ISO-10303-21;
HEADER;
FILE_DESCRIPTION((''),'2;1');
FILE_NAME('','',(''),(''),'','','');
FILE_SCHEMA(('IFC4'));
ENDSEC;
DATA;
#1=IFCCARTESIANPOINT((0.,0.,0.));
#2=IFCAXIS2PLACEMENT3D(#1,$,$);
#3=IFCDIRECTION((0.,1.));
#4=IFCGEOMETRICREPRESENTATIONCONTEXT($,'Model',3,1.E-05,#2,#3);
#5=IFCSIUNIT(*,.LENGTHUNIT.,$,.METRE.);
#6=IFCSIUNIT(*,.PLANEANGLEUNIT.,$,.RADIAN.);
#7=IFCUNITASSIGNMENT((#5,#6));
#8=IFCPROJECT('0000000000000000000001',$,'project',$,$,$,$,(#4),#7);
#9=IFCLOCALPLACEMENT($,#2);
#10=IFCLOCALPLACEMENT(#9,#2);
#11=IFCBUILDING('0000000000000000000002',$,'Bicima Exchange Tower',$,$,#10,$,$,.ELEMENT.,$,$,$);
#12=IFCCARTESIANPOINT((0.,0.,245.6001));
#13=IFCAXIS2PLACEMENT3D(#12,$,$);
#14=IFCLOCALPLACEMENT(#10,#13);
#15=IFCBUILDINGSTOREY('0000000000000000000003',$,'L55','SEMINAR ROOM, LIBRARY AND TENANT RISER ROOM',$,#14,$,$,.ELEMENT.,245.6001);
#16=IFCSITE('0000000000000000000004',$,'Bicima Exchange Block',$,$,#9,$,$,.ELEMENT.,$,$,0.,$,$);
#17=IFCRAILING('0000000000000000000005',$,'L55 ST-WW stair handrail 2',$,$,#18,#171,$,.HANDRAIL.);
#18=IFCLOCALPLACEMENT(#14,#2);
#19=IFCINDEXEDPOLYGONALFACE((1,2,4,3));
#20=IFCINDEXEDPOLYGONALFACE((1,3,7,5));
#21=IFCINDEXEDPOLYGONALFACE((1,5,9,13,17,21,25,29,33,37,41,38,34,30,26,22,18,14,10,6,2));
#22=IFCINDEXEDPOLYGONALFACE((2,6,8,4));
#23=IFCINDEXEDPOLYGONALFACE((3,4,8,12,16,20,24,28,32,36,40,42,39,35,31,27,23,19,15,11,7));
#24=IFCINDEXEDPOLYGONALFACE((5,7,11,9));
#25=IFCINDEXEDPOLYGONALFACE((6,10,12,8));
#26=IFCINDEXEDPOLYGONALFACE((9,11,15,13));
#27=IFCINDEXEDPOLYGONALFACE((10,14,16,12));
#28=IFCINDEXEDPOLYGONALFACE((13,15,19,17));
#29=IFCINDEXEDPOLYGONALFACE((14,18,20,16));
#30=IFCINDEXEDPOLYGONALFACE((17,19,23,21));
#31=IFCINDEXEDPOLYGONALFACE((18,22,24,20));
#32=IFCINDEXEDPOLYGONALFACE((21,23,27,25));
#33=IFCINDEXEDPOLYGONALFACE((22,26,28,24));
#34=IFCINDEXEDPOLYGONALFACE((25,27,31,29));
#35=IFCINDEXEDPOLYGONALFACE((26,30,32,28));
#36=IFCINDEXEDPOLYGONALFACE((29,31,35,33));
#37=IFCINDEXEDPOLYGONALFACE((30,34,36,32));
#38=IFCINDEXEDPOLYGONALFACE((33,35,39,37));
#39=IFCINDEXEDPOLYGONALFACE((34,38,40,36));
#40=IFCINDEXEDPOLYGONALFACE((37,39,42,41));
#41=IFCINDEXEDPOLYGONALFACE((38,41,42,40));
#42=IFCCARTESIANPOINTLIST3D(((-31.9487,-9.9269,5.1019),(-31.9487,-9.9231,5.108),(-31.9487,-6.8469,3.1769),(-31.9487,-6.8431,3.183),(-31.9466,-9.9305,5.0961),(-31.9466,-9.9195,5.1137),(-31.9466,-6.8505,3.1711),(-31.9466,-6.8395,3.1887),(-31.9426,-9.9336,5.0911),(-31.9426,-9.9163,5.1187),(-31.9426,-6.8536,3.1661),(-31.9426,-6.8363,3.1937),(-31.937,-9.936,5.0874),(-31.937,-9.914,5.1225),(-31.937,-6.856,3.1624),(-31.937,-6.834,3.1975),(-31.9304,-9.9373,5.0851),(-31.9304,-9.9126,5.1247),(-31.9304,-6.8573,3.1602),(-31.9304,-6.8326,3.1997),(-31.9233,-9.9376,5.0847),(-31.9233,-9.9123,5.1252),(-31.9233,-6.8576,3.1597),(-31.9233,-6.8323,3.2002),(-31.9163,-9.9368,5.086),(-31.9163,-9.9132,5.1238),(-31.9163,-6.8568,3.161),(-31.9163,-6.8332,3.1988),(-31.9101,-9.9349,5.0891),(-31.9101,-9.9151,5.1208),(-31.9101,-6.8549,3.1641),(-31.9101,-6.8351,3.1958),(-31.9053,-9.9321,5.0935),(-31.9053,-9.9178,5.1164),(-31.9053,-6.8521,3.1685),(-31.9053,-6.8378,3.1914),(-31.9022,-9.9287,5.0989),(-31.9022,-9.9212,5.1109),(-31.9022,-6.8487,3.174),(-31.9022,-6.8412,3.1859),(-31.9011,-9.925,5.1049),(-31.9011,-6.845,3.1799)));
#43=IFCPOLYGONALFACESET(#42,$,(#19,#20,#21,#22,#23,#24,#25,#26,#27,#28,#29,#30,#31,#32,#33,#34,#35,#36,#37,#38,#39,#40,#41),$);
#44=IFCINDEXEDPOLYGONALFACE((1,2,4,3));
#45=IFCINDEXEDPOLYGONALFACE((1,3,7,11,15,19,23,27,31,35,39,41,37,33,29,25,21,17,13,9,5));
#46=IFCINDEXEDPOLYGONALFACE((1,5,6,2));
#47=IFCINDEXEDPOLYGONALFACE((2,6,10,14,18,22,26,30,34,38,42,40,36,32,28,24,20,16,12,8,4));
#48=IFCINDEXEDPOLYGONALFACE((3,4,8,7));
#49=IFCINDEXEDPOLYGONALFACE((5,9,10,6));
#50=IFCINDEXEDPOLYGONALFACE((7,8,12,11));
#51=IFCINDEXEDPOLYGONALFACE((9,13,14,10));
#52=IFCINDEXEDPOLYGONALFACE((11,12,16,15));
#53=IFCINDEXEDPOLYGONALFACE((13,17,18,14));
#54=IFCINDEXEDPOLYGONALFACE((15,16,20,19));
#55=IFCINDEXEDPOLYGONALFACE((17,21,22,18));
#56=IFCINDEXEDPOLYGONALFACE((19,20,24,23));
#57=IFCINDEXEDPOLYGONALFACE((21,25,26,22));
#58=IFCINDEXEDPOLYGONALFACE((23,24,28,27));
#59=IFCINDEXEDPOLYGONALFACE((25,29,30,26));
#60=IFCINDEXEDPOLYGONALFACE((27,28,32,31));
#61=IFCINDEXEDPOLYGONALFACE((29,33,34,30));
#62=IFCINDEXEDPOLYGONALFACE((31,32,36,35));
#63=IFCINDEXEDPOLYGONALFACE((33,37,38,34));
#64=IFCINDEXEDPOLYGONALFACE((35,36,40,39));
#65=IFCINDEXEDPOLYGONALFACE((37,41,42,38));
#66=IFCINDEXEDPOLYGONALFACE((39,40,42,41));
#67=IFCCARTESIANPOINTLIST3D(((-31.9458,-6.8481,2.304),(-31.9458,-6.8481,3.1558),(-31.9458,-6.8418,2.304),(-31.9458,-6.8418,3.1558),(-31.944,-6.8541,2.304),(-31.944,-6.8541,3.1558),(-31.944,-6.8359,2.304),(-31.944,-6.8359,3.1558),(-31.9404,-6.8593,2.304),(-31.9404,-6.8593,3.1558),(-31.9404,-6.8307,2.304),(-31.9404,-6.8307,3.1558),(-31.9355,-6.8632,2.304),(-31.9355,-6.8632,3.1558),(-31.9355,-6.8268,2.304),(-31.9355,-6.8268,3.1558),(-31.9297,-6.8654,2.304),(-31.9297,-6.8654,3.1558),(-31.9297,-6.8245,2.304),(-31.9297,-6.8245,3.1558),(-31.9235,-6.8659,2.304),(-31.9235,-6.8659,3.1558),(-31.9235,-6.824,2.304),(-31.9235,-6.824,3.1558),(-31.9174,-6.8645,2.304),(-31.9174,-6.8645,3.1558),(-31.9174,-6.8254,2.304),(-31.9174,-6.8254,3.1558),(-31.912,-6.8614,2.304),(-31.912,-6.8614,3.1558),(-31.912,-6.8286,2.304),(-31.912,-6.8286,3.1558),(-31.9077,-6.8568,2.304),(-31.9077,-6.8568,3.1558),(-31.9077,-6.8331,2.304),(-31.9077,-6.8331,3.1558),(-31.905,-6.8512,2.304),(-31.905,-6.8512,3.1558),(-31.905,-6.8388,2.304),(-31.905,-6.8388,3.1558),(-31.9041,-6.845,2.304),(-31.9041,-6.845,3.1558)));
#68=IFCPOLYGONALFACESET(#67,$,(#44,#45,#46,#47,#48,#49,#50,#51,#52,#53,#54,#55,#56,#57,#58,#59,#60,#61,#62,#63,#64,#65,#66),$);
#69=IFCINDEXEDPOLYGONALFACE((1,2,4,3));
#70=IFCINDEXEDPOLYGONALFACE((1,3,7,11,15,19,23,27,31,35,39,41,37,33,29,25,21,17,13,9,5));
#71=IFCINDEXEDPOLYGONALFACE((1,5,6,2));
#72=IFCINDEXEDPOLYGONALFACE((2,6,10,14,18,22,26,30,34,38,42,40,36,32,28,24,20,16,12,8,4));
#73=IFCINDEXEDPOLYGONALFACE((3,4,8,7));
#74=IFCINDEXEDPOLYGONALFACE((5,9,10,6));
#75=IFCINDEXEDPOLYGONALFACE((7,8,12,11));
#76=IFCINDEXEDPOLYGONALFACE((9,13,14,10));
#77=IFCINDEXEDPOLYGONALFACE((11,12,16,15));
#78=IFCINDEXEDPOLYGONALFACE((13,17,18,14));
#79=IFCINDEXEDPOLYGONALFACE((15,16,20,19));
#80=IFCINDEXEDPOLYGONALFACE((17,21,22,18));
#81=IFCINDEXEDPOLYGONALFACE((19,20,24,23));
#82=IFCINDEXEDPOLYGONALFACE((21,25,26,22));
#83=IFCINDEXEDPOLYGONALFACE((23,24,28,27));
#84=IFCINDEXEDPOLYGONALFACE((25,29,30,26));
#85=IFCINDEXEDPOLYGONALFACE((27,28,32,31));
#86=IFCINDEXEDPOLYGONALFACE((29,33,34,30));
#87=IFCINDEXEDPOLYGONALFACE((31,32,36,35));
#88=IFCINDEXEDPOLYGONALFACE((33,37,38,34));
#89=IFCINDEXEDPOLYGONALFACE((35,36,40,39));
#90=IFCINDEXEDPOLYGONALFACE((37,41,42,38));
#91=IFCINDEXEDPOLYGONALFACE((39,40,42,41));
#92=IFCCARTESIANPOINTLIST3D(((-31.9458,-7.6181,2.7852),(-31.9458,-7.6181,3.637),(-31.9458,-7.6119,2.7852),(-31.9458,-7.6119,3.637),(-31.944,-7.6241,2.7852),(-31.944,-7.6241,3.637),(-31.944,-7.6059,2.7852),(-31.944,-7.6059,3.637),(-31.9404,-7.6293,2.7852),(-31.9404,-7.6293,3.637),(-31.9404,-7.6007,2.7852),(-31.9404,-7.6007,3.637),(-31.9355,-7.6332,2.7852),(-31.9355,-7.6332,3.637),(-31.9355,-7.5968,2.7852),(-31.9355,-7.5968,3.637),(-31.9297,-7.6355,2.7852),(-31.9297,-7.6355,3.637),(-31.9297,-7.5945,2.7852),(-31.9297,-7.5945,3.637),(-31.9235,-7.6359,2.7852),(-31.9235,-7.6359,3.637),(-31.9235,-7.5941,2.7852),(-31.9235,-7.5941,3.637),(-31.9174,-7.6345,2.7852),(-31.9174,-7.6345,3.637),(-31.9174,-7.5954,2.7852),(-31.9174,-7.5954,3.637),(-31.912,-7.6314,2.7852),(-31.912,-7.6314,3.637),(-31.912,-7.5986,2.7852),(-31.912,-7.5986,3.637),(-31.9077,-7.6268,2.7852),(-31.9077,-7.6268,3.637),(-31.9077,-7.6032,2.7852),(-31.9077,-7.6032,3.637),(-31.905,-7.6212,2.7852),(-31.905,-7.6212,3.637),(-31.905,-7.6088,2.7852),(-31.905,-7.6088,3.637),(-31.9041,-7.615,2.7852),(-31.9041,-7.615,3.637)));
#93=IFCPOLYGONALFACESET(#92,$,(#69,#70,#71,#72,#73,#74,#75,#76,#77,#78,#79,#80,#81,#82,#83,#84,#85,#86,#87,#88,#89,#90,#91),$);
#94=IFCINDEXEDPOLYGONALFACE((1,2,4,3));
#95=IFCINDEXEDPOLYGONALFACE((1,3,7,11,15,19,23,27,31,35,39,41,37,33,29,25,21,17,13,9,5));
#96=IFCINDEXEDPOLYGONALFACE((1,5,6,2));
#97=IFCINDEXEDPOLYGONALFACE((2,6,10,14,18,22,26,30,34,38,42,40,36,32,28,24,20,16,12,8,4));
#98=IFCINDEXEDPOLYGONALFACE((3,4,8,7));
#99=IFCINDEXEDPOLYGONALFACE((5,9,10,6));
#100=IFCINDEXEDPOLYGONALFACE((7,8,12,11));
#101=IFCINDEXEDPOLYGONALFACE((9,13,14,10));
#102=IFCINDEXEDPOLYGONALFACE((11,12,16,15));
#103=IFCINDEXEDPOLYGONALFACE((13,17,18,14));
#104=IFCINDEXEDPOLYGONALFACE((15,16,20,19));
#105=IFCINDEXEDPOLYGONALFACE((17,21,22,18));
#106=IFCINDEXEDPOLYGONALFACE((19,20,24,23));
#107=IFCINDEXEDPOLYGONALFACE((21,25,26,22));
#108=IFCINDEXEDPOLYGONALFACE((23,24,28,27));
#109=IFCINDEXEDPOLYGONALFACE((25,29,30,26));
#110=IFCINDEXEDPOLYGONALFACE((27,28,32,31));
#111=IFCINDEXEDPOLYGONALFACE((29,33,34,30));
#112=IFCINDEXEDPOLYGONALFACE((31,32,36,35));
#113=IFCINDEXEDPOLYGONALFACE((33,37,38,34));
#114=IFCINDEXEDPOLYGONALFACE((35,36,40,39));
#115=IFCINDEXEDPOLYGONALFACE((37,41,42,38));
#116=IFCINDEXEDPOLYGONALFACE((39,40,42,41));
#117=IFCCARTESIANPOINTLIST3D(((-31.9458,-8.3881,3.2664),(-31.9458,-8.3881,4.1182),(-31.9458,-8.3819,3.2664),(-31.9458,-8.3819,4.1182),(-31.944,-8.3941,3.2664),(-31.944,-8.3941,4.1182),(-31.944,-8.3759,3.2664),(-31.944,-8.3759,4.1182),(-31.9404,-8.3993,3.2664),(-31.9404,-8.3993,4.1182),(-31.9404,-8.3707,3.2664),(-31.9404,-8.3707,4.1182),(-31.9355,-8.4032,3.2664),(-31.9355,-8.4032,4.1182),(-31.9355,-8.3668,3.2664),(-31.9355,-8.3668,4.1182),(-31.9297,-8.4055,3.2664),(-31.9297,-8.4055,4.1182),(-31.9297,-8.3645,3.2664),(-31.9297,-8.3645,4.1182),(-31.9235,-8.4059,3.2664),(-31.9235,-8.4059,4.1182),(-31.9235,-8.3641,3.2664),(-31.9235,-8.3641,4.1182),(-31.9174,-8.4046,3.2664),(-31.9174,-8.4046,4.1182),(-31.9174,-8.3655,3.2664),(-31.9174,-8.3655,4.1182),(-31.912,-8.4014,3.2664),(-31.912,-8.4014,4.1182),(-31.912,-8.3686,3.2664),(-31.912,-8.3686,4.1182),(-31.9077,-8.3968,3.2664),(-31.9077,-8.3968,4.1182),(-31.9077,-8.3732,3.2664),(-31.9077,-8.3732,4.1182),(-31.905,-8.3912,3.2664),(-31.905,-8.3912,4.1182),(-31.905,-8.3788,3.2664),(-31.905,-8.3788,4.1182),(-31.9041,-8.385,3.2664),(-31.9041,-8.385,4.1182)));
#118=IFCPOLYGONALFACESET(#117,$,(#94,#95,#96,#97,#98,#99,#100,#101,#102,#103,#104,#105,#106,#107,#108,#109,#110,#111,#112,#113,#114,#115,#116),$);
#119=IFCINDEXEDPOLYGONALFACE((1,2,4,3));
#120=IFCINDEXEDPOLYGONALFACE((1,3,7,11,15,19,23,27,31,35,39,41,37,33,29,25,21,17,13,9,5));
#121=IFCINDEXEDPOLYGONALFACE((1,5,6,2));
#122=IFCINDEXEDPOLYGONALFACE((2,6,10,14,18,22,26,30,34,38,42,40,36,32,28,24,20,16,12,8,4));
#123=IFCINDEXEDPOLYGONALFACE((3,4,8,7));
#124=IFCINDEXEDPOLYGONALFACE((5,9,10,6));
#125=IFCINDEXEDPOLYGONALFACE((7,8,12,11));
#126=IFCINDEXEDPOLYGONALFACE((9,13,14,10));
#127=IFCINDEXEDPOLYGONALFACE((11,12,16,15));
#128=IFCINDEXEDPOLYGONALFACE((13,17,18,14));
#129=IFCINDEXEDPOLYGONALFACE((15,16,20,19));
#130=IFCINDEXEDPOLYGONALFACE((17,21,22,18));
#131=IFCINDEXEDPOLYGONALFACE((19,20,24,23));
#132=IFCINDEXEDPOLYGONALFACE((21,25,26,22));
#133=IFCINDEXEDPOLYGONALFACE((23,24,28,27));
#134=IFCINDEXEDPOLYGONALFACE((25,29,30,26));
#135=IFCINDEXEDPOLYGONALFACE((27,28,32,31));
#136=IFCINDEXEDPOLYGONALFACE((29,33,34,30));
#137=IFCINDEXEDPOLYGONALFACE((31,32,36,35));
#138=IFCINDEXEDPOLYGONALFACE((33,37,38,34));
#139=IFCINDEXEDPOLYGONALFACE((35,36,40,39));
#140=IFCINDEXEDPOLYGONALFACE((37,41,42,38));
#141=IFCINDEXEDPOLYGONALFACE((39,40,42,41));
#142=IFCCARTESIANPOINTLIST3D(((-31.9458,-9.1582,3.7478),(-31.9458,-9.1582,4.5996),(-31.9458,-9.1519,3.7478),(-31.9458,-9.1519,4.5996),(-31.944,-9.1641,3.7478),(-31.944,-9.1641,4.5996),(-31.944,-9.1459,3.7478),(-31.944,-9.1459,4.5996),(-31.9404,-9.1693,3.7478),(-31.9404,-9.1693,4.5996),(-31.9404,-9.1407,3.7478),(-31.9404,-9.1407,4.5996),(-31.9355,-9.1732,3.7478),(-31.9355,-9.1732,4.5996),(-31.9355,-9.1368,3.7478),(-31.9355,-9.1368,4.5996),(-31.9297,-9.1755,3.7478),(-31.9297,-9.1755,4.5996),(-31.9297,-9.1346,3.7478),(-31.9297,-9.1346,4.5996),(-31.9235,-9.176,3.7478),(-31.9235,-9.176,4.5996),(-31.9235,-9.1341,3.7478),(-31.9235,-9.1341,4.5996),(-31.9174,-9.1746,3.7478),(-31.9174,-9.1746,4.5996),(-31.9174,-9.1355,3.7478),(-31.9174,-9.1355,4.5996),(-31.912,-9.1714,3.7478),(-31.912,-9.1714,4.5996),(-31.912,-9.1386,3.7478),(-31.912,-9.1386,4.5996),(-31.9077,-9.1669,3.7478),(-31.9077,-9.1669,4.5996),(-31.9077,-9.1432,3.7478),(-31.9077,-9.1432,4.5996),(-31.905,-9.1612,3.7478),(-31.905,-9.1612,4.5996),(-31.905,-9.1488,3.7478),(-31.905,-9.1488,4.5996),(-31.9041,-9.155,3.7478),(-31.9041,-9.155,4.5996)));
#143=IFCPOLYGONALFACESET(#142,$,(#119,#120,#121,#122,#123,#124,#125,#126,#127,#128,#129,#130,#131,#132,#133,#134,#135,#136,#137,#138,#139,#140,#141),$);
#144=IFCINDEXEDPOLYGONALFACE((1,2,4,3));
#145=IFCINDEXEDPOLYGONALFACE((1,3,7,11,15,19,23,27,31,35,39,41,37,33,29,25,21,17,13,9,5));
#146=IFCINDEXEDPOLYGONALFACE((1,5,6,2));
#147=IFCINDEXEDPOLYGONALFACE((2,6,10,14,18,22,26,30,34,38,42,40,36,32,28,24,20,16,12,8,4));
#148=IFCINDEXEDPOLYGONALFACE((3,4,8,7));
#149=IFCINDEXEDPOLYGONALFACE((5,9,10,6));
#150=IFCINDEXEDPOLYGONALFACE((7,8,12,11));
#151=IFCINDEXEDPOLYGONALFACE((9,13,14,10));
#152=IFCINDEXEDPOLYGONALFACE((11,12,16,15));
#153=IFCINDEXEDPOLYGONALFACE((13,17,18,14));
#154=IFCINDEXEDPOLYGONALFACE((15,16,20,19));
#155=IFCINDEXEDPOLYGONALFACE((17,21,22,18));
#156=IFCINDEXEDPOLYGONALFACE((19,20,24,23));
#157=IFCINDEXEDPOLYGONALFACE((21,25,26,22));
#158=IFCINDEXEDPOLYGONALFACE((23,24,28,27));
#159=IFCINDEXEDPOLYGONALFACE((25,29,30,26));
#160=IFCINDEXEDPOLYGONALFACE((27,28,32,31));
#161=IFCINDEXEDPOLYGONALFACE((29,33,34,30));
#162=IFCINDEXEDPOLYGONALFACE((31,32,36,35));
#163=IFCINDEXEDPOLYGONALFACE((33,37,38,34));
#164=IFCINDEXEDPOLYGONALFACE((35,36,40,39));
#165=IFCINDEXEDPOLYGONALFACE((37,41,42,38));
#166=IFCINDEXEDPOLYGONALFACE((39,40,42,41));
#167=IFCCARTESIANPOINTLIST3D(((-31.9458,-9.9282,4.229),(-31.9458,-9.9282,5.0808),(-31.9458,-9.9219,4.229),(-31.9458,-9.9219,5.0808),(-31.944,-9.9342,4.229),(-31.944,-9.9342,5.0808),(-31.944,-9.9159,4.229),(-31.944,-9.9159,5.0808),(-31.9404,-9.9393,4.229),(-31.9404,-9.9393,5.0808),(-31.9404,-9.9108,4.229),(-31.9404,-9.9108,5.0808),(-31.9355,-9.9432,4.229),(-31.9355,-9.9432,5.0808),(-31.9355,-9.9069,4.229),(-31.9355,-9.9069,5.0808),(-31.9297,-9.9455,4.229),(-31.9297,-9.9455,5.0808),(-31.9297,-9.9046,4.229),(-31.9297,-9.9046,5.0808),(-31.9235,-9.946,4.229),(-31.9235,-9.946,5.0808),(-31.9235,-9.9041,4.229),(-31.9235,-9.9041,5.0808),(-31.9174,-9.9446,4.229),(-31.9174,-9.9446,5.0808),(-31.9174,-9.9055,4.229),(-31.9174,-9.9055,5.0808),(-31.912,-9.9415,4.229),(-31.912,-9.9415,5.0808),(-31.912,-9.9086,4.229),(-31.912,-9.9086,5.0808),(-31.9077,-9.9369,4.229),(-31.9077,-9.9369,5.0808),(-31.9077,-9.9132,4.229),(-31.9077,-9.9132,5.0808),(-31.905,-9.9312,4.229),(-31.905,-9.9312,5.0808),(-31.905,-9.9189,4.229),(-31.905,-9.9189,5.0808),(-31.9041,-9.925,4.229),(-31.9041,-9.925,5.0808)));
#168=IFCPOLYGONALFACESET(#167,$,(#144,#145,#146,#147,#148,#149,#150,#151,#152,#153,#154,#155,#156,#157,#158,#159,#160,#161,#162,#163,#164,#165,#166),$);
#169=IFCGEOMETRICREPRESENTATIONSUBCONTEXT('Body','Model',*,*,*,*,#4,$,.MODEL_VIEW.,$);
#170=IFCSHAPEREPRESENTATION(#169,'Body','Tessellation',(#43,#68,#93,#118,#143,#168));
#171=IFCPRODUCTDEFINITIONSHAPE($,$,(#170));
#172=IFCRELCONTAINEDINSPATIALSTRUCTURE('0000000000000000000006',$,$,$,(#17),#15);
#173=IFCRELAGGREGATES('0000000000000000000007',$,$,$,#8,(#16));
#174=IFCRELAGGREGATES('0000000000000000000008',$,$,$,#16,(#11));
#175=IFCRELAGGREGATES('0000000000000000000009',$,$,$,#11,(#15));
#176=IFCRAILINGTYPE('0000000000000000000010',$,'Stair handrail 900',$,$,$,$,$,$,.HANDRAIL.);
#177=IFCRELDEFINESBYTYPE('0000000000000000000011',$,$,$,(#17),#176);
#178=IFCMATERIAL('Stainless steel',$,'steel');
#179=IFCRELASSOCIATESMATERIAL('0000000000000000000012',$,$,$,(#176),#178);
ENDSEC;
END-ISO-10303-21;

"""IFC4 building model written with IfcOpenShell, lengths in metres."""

from ifc_helpers import new_model, si_unit, direction, frame, origin, origin_2d, place, context, subcontext, project, spatial, circle, extrude, material, type_object, element, save


model = new_model("IFC4")

# Units and contexts
model_context = context("Model", 3, precision=1e-05, world=origin(), true_north=direction((0.0, 1.0)))
body_context = subcontext(model_context, "Body", "Model", "MODEL_VIEW")
ifc_project = project(units=[si_unit("LENGTHUNIT", "METRE"), si_unit("PLANEANGLEUNIT", "RADIAN")], contexts=[model_context])

# Site, building, storey
site_placement = place(None, origin())
site = spatial("IfcSite", under=ifc_project, at=site_placement, Name="Bicima Exchange Block", CompositionType="ELEMENT", RefElevation=0.0)
building_placement = place(site_placement, origin())
building = spatial("IfcBuilding", under=site, at=building_placement, Name="Bicima Exchange Tower", CompositionType="ELEMENT")
storey_placement = place(building_placement, frame((0.0, 0.0, 245.6001)))
storey = spatial("IfcBuildingStorey", under=building, at=storey_placement, Name="L55", Description="SEMINAR ROOM, LIBRARY AND TENANT RISER ROOM", CompositionType="ELEMENT", Elevation=245.6001)

# Railing
ifc_material_1 = material(Name="Stainless steel", Category="steel")
railing_type_1 = type_object("IfcRailingType", Name="Stair handrail 900", PredefinedType="HANDRAIL", material=ifc_material_1)
railing_1_placement = place(storey_placement, frame((-31.925, -6.845, 2.304)))
element("IfcRailing", 1, at=railing_1_placement, inside=storey, type_object=railing_type_1, Name="L55 ST-WW stair handrail 2", PredefinedType="HANDRAIL", context=body_context, shape_type="SweptSolid", body=[
    extrude(circle(Radius=0.0239, at=origin_2d()), frame((0.0, 0.0, 0.876), z_axis=(0.0, -0.847998, 0.529999), x_axis=(1.0, 0.0, 0.0)), (0.0, 0.0, 1.0), 3.6321),
    extrude(circle(Radius=0.021, at=origin_2d()), origin(), (0.0, 0.0, 1.0), 0.8518),
    extrude(circle(Radius=0.021, at=origin_2d()), frame((0.0, -0.77, 0.4812)), (0.0, 0.0, 1.0), 0.8518),
    extrude(circle(Radius=0.021, at=origin_2d()), frame((0.0, -1.54, 0.9624)), (0.0, 0.0, 1.0), 0.8518),
    extrude(circle(Radius=0.021, at=origin_2d()), frame((0.0, -2.3101, 1.4438)), (0.0, 0.0, 1.0), 0.8518),
    extrude(circle(Radius=0.021, at=origin_2d()), frame((0.0, -3.0801, 1.925)), (0.0, 0.0, 1.0), 0.8518),
])

save(model, "model.ifc")
